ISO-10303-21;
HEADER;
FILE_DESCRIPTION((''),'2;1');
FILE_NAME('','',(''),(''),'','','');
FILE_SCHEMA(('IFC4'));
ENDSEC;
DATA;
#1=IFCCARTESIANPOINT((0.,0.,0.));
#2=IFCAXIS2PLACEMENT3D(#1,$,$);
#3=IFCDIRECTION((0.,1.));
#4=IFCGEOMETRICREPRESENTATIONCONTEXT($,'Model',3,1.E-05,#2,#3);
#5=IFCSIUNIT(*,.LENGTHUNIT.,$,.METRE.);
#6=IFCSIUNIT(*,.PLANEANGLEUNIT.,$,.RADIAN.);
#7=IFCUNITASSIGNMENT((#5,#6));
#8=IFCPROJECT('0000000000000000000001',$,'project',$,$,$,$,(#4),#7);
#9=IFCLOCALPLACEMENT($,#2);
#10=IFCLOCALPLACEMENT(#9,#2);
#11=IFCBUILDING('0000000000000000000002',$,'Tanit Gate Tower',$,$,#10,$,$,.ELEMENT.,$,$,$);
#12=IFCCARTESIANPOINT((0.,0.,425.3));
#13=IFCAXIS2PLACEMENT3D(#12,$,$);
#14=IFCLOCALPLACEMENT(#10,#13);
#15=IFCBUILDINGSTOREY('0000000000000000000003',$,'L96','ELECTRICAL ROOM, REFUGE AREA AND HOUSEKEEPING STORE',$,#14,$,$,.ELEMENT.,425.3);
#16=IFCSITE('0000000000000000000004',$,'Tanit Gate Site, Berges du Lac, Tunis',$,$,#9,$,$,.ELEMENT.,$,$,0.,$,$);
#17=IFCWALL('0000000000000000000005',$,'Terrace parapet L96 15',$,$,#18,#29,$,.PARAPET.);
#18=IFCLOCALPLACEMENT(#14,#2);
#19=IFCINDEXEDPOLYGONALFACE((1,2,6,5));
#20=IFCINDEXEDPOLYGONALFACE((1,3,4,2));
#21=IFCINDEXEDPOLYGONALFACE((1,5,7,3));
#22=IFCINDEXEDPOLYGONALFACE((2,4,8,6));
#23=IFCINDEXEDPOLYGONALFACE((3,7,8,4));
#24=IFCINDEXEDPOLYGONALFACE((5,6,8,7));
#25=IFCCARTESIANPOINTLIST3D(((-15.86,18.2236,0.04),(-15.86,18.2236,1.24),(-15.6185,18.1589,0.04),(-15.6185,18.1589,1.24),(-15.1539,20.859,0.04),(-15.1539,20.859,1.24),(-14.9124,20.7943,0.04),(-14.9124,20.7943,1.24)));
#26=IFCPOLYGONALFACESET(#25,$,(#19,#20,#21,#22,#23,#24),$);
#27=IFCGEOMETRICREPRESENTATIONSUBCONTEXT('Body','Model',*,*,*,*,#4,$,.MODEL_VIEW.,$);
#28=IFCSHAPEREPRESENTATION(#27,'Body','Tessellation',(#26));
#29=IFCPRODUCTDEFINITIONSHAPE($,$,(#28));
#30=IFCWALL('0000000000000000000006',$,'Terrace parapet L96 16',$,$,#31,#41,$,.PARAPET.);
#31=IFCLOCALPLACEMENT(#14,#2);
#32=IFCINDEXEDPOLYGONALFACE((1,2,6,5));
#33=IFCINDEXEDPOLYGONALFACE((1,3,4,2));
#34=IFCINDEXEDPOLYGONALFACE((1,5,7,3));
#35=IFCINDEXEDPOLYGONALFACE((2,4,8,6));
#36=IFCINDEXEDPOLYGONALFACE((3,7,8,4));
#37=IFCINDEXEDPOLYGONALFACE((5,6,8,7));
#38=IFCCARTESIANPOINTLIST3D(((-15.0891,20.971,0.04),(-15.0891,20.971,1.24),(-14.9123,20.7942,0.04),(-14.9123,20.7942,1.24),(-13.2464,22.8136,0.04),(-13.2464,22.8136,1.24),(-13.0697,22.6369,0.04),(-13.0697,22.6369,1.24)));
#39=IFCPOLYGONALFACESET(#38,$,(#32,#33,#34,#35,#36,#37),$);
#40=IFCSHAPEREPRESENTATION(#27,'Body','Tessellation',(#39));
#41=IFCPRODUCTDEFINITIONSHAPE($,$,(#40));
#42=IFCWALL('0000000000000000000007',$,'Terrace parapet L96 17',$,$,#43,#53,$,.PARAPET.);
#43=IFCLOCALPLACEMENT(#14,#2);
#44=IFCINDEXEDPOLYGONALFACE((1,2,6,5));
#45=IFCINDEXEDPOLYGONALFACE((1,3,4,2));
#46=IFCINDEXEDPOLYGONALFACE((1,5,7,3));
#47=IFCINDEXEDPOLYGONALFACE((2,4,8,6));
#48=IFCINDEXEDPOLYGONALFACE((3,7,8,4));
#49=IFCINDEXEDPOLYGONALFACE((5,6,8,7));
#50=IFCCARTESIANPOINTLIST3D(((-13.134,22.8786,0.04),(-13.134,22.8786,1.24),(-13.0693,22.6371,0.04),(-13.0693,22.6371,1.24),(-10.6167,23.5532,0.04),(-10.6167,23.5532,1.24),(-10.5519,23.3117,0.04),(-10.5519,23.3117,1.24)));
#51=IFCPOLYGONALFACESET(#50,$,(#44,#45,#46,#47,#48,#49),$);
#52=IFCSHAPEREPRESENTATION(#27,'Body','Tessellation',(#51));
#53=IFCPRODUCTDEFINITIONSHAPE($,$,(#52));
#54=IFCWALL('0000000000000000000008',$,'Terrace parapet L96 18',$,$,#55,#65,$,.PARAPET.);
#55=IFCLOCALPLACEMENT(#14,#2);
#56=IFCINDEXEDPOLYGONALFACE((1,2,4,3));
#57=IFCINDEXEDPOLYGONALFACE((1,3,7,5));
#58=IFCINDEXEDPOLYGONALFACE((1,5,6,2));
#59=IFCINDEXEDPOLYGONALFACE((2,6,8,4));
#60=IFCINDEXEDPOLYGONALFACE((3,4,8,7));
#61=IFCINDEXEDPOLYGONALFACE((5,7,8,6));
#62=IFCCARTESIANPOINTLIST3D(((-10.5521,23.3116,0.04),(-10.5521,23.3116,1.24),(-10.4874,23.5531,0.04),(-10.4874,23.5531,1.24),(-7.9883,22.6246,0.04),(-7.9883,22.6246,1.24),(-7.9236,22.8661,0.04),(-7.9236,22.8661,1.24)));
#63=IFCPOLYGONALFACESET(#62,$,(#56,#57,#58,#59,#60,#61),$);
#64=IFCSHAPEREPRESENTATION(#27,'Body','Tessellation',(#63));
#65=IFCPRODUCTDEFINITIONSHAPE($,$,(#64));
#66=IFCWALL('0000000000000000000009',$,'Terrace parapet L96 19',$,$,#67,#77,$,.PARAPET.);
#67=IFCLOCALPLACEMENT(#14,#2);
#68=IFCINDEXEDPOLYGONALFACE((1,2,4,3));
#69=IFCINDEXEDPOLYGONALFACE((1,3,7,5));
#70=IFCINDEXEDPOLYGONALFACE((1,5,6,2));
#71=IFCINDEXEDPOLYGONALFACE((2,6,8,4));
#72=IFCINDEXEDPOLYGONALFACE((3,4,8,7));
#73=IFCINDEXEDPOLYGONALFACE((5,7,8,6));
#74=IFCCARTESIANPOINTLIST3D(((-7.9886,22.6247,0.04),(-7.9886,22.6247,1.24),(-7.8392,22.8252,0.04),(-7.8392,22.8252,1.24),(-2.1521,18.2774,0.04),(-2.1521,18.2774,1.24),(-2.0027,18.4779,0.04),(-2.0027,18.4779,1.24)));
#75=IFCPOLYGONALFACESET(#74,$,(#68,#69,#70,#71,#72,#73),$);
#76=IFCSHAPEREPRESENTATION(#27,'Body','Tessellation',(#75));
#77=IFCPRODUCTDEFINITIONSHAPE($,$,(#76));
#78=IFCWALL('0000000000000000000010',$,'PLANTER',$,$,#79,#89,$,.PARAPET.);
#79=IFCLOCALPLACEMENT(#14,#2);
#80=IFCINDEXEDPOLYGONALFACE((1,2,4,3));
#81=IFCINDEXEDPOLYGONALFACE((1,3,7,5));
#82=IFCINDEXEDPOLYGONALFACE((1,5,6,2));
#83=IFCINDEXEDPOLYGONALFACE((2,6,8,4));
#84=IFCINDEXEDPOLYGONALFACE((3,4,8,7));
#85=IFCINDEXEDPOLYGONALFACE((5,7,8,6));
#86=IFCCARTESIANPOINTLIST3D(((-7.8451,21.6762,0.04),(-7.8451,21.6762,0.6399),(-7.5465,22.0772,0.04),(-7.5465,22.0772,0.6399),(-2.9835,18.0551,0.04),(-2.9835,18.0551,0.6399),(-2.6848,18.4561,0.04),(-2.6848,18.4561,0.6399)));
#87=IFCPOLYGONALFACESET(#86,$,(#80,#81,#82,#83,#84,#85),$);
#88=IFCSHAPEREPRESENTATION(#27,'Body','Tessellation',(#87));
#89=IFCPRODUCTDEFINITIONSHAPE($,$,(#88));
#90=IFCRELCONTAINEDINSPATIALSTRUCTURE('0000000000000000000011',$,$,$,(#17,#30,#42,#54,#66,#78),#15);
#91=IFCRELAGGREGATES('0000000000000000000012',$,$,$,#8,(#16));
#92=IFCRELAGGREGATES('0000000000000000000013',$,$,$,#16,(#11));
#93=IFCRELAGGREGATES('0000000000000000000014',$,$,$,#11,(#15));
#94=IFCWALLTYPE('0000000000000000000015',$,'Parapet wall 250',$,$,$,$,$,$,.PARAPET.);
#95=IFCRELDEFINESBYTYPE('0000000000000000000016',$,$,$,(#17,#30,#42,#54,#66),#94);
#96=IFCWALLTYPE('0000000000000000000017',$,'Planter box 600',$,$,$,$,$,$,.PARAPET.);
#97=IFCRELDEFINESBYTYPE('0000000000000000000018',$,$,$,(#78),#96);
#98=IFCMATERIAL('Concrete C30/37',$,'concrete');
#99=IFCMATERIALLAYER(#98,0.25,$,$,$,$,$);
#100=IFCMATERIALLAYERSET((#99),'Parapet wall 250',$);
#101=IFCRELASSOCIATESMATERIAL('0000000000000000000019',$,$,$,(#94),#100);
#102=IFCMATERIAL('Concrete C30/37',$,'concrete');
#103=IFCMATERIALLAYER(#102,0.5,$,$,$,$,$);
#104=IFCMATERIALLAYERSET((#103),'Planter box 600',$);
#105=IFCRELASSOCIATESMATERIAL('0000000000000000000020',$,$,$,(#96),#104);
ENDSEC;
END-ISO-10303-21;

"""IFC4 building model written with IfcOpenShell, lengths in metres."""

from ifc_helpers import new_model, si_unit, direction, frame, frame_2d, origin, place, context, subcontext, project, spatial, rectangle, extrude, material, layer, layer_set, type_object, element, save


model = new_model("IFC4")

# Units and contexts
model_context = context("Model", 3, precision=1e-05, world=origin(), true_north=direction((0.0, 1.0)))
body_context = subcontext(model_context, "Body", "Model", "MODEL_VIEW")
ifc_project = project(units=[si_unit("LENGTHUNIT", "METRE"), si_unit("PLANEANGLEUNIT", "RADIAN")], contexts=[model_context])

# Site, building, storey
site_placement = place(None, origin())
site = spatial("IfcSite", under=ifc_project, at=site_placement, Name="Tanit Gate Site, Berges du Lac, Tunis", CompositionType="ELEMENT", RefElevation=0.0)
building_placement = place(site_placement, origin())
building = spatial("IfcBuilding", under=site, at=building_placement, Name="Tanit Gate Tower", CompositionType="ELEMENT")
storey_placement = place(building_placement, frame((0.0, 0.0, 425.3)))
storey = spatial("IfcBuildingStorey", under=building, at=storey_placement, Name="L96", Description="ELECTRICAL ROOM, REFUGE AREA AND HOUSEKEEPING STORE", CompositionType="ELEMENT", Elevation=425.3)

# Walls
ifc_material_1 = material(Name="Concrete C30/37", Category="concrete")
ifc_layer_1 = layer(ifc_material_1, 0.25)
ifc_layer_set_1 = layer_set([ifc_layer_1], Name="Parapet wall 250")
wall_type_1 = type_object("IfcWallType", Name="Parapet wall 250", PredefinedType="PARAPET", material=ifc_layer_set_1)
wall_1_placement = place(storey_placement, frame((-15.7393, 18.1912, 0.04), z_axis=(0.0, 0.0, 1.0), x_axis=(0.258799, 0.965931, 0.0)))
element("IfcWall", 1, at=wall_1_placement, inside=storey, type_object=wall_type_1, Name="Terrace parapet L96 15", PredefinedType="PARAPET", context=body_context, shape_type="SweptSolid", body=[
    extrude(rectangle(XDim=2.7283, YDim=0.25, at=frame_2d((1.3643, 0.0))), origin(), (0.0, 0.0, 1.0), 1.2),
])
wall_2_placement = place(storey_placement, frame((-15.0007, 20.8826, 0.04), z_axis=(0.0, 0.0, 1.0), x_axis=(0.707107, 0.707107, 0.0)))
element("IfcWall", 2, at=wall_2_placement, inside=storey, type_object=wall_type_1, Name="Terrace parapet L96 16", PredefinedType="PARAPET", context=body_context, shape_type="SweptSolid", body=[
    extrude(rectangle(XDim=2.606, YDim=0.25, at=frame_2d((1.303, 0.0))), origin(), (0.0, 0.0, 1.0), 1.2),
])
wall_3_placement = place(storey_placement, frame((-13.1018, 22.7578, 0.04), z_axis=(0.0, 0.0, 1.0), x_axis=(0.965922, 0.258834, 0.0)))
element("IfcWall", 3, at=wall_3_placement, inside=storey, type_object=wall_type_1, Name="Terrace parapet L96 17", PredefinedType="PARAPET", context=body_context, shape_type="SweptSolid", body=[
    extrude(rectangle(XDim=2.6062, YDim=0.25, at=frame_2d((1.3032, 0.0))), origin(), (0.0, 0.0, 1.0), 1.2),
])
wall_4_placement = place(storey_placement, frame((-10.5198, 23.4324, 0.04), z_axis=(0.0, 0.0, 1.0), x_axis=(0.96592, -0.258842, 0.0)))
element("IfcWall", 4, at=wall_4_placement, inside=storey, type_object=wall_type_1, Name="Terrace parapet L96 18", PredefinedType="PARAPET", context=body_context, shape_type="SweptSolid", body=[
    extrude(rectangle(XDim=2.6543, YDim=0.25, at=frame_2d((1.3271, 0.0))), origin(), (0.0, 0.0, 1.0), 1.2),
])
wall_5_placement = place(storey_placement, frame((-7.9138, 22.7249, 0.04), z_axis=(0.0, 0.0, 1.0), x_axis=(0.801984, -0.597345, 0.0)))
element("IfcWall", 5, at=wall_5_placement, inside=storey, type_object=wall_type_1, Name="Terrace parapet L96 19", PredefinedType="PARAPET", context=body_context, shape_type="SweptSolid", body=[
    extrude(rectangle(XDim=7.2776, YDim=0.25, at=frame_2d((3.6387, 0.0))), origin(), (0.0, 0.0, 1.0), 1.2),
])
ifc_material_2 = material(Name="Concrete C30/37", Category="concrete")
ifc_layer_2 = layer(ifc_material_2, 0.5)
ifc_layer_set_2 = layer_set([ifc_layer_2], Name="Planter box 600")
wall_type_2 = type_object("IfcWallType", Name="Planter box 600", PredefinedType="PARAPET", material=ifc_layer_set_2)
wall_6_placement = place(storey_placement, frame((-7.6958, 21.8767, 0.04), z_axis=(0.0, 0.0, 1.0), x_axis=(0.801982, -0.597348, 0.0)))
element("IfcWall", 6, at=wall_6_placement, inside=storey, type_object=wall_type_2, Name="PLANTER", PredefinedType="PARAPET", context=body_context, shape_type="SweptSolid", body=[
    extrude(rectangle(XDim=6.062, YDim=0.5, at=frame_2d((3.031, 0.0))), origin(), (0.0, 0.0, 1.0), 0.5999),
])

save(model, "model.ifc")
